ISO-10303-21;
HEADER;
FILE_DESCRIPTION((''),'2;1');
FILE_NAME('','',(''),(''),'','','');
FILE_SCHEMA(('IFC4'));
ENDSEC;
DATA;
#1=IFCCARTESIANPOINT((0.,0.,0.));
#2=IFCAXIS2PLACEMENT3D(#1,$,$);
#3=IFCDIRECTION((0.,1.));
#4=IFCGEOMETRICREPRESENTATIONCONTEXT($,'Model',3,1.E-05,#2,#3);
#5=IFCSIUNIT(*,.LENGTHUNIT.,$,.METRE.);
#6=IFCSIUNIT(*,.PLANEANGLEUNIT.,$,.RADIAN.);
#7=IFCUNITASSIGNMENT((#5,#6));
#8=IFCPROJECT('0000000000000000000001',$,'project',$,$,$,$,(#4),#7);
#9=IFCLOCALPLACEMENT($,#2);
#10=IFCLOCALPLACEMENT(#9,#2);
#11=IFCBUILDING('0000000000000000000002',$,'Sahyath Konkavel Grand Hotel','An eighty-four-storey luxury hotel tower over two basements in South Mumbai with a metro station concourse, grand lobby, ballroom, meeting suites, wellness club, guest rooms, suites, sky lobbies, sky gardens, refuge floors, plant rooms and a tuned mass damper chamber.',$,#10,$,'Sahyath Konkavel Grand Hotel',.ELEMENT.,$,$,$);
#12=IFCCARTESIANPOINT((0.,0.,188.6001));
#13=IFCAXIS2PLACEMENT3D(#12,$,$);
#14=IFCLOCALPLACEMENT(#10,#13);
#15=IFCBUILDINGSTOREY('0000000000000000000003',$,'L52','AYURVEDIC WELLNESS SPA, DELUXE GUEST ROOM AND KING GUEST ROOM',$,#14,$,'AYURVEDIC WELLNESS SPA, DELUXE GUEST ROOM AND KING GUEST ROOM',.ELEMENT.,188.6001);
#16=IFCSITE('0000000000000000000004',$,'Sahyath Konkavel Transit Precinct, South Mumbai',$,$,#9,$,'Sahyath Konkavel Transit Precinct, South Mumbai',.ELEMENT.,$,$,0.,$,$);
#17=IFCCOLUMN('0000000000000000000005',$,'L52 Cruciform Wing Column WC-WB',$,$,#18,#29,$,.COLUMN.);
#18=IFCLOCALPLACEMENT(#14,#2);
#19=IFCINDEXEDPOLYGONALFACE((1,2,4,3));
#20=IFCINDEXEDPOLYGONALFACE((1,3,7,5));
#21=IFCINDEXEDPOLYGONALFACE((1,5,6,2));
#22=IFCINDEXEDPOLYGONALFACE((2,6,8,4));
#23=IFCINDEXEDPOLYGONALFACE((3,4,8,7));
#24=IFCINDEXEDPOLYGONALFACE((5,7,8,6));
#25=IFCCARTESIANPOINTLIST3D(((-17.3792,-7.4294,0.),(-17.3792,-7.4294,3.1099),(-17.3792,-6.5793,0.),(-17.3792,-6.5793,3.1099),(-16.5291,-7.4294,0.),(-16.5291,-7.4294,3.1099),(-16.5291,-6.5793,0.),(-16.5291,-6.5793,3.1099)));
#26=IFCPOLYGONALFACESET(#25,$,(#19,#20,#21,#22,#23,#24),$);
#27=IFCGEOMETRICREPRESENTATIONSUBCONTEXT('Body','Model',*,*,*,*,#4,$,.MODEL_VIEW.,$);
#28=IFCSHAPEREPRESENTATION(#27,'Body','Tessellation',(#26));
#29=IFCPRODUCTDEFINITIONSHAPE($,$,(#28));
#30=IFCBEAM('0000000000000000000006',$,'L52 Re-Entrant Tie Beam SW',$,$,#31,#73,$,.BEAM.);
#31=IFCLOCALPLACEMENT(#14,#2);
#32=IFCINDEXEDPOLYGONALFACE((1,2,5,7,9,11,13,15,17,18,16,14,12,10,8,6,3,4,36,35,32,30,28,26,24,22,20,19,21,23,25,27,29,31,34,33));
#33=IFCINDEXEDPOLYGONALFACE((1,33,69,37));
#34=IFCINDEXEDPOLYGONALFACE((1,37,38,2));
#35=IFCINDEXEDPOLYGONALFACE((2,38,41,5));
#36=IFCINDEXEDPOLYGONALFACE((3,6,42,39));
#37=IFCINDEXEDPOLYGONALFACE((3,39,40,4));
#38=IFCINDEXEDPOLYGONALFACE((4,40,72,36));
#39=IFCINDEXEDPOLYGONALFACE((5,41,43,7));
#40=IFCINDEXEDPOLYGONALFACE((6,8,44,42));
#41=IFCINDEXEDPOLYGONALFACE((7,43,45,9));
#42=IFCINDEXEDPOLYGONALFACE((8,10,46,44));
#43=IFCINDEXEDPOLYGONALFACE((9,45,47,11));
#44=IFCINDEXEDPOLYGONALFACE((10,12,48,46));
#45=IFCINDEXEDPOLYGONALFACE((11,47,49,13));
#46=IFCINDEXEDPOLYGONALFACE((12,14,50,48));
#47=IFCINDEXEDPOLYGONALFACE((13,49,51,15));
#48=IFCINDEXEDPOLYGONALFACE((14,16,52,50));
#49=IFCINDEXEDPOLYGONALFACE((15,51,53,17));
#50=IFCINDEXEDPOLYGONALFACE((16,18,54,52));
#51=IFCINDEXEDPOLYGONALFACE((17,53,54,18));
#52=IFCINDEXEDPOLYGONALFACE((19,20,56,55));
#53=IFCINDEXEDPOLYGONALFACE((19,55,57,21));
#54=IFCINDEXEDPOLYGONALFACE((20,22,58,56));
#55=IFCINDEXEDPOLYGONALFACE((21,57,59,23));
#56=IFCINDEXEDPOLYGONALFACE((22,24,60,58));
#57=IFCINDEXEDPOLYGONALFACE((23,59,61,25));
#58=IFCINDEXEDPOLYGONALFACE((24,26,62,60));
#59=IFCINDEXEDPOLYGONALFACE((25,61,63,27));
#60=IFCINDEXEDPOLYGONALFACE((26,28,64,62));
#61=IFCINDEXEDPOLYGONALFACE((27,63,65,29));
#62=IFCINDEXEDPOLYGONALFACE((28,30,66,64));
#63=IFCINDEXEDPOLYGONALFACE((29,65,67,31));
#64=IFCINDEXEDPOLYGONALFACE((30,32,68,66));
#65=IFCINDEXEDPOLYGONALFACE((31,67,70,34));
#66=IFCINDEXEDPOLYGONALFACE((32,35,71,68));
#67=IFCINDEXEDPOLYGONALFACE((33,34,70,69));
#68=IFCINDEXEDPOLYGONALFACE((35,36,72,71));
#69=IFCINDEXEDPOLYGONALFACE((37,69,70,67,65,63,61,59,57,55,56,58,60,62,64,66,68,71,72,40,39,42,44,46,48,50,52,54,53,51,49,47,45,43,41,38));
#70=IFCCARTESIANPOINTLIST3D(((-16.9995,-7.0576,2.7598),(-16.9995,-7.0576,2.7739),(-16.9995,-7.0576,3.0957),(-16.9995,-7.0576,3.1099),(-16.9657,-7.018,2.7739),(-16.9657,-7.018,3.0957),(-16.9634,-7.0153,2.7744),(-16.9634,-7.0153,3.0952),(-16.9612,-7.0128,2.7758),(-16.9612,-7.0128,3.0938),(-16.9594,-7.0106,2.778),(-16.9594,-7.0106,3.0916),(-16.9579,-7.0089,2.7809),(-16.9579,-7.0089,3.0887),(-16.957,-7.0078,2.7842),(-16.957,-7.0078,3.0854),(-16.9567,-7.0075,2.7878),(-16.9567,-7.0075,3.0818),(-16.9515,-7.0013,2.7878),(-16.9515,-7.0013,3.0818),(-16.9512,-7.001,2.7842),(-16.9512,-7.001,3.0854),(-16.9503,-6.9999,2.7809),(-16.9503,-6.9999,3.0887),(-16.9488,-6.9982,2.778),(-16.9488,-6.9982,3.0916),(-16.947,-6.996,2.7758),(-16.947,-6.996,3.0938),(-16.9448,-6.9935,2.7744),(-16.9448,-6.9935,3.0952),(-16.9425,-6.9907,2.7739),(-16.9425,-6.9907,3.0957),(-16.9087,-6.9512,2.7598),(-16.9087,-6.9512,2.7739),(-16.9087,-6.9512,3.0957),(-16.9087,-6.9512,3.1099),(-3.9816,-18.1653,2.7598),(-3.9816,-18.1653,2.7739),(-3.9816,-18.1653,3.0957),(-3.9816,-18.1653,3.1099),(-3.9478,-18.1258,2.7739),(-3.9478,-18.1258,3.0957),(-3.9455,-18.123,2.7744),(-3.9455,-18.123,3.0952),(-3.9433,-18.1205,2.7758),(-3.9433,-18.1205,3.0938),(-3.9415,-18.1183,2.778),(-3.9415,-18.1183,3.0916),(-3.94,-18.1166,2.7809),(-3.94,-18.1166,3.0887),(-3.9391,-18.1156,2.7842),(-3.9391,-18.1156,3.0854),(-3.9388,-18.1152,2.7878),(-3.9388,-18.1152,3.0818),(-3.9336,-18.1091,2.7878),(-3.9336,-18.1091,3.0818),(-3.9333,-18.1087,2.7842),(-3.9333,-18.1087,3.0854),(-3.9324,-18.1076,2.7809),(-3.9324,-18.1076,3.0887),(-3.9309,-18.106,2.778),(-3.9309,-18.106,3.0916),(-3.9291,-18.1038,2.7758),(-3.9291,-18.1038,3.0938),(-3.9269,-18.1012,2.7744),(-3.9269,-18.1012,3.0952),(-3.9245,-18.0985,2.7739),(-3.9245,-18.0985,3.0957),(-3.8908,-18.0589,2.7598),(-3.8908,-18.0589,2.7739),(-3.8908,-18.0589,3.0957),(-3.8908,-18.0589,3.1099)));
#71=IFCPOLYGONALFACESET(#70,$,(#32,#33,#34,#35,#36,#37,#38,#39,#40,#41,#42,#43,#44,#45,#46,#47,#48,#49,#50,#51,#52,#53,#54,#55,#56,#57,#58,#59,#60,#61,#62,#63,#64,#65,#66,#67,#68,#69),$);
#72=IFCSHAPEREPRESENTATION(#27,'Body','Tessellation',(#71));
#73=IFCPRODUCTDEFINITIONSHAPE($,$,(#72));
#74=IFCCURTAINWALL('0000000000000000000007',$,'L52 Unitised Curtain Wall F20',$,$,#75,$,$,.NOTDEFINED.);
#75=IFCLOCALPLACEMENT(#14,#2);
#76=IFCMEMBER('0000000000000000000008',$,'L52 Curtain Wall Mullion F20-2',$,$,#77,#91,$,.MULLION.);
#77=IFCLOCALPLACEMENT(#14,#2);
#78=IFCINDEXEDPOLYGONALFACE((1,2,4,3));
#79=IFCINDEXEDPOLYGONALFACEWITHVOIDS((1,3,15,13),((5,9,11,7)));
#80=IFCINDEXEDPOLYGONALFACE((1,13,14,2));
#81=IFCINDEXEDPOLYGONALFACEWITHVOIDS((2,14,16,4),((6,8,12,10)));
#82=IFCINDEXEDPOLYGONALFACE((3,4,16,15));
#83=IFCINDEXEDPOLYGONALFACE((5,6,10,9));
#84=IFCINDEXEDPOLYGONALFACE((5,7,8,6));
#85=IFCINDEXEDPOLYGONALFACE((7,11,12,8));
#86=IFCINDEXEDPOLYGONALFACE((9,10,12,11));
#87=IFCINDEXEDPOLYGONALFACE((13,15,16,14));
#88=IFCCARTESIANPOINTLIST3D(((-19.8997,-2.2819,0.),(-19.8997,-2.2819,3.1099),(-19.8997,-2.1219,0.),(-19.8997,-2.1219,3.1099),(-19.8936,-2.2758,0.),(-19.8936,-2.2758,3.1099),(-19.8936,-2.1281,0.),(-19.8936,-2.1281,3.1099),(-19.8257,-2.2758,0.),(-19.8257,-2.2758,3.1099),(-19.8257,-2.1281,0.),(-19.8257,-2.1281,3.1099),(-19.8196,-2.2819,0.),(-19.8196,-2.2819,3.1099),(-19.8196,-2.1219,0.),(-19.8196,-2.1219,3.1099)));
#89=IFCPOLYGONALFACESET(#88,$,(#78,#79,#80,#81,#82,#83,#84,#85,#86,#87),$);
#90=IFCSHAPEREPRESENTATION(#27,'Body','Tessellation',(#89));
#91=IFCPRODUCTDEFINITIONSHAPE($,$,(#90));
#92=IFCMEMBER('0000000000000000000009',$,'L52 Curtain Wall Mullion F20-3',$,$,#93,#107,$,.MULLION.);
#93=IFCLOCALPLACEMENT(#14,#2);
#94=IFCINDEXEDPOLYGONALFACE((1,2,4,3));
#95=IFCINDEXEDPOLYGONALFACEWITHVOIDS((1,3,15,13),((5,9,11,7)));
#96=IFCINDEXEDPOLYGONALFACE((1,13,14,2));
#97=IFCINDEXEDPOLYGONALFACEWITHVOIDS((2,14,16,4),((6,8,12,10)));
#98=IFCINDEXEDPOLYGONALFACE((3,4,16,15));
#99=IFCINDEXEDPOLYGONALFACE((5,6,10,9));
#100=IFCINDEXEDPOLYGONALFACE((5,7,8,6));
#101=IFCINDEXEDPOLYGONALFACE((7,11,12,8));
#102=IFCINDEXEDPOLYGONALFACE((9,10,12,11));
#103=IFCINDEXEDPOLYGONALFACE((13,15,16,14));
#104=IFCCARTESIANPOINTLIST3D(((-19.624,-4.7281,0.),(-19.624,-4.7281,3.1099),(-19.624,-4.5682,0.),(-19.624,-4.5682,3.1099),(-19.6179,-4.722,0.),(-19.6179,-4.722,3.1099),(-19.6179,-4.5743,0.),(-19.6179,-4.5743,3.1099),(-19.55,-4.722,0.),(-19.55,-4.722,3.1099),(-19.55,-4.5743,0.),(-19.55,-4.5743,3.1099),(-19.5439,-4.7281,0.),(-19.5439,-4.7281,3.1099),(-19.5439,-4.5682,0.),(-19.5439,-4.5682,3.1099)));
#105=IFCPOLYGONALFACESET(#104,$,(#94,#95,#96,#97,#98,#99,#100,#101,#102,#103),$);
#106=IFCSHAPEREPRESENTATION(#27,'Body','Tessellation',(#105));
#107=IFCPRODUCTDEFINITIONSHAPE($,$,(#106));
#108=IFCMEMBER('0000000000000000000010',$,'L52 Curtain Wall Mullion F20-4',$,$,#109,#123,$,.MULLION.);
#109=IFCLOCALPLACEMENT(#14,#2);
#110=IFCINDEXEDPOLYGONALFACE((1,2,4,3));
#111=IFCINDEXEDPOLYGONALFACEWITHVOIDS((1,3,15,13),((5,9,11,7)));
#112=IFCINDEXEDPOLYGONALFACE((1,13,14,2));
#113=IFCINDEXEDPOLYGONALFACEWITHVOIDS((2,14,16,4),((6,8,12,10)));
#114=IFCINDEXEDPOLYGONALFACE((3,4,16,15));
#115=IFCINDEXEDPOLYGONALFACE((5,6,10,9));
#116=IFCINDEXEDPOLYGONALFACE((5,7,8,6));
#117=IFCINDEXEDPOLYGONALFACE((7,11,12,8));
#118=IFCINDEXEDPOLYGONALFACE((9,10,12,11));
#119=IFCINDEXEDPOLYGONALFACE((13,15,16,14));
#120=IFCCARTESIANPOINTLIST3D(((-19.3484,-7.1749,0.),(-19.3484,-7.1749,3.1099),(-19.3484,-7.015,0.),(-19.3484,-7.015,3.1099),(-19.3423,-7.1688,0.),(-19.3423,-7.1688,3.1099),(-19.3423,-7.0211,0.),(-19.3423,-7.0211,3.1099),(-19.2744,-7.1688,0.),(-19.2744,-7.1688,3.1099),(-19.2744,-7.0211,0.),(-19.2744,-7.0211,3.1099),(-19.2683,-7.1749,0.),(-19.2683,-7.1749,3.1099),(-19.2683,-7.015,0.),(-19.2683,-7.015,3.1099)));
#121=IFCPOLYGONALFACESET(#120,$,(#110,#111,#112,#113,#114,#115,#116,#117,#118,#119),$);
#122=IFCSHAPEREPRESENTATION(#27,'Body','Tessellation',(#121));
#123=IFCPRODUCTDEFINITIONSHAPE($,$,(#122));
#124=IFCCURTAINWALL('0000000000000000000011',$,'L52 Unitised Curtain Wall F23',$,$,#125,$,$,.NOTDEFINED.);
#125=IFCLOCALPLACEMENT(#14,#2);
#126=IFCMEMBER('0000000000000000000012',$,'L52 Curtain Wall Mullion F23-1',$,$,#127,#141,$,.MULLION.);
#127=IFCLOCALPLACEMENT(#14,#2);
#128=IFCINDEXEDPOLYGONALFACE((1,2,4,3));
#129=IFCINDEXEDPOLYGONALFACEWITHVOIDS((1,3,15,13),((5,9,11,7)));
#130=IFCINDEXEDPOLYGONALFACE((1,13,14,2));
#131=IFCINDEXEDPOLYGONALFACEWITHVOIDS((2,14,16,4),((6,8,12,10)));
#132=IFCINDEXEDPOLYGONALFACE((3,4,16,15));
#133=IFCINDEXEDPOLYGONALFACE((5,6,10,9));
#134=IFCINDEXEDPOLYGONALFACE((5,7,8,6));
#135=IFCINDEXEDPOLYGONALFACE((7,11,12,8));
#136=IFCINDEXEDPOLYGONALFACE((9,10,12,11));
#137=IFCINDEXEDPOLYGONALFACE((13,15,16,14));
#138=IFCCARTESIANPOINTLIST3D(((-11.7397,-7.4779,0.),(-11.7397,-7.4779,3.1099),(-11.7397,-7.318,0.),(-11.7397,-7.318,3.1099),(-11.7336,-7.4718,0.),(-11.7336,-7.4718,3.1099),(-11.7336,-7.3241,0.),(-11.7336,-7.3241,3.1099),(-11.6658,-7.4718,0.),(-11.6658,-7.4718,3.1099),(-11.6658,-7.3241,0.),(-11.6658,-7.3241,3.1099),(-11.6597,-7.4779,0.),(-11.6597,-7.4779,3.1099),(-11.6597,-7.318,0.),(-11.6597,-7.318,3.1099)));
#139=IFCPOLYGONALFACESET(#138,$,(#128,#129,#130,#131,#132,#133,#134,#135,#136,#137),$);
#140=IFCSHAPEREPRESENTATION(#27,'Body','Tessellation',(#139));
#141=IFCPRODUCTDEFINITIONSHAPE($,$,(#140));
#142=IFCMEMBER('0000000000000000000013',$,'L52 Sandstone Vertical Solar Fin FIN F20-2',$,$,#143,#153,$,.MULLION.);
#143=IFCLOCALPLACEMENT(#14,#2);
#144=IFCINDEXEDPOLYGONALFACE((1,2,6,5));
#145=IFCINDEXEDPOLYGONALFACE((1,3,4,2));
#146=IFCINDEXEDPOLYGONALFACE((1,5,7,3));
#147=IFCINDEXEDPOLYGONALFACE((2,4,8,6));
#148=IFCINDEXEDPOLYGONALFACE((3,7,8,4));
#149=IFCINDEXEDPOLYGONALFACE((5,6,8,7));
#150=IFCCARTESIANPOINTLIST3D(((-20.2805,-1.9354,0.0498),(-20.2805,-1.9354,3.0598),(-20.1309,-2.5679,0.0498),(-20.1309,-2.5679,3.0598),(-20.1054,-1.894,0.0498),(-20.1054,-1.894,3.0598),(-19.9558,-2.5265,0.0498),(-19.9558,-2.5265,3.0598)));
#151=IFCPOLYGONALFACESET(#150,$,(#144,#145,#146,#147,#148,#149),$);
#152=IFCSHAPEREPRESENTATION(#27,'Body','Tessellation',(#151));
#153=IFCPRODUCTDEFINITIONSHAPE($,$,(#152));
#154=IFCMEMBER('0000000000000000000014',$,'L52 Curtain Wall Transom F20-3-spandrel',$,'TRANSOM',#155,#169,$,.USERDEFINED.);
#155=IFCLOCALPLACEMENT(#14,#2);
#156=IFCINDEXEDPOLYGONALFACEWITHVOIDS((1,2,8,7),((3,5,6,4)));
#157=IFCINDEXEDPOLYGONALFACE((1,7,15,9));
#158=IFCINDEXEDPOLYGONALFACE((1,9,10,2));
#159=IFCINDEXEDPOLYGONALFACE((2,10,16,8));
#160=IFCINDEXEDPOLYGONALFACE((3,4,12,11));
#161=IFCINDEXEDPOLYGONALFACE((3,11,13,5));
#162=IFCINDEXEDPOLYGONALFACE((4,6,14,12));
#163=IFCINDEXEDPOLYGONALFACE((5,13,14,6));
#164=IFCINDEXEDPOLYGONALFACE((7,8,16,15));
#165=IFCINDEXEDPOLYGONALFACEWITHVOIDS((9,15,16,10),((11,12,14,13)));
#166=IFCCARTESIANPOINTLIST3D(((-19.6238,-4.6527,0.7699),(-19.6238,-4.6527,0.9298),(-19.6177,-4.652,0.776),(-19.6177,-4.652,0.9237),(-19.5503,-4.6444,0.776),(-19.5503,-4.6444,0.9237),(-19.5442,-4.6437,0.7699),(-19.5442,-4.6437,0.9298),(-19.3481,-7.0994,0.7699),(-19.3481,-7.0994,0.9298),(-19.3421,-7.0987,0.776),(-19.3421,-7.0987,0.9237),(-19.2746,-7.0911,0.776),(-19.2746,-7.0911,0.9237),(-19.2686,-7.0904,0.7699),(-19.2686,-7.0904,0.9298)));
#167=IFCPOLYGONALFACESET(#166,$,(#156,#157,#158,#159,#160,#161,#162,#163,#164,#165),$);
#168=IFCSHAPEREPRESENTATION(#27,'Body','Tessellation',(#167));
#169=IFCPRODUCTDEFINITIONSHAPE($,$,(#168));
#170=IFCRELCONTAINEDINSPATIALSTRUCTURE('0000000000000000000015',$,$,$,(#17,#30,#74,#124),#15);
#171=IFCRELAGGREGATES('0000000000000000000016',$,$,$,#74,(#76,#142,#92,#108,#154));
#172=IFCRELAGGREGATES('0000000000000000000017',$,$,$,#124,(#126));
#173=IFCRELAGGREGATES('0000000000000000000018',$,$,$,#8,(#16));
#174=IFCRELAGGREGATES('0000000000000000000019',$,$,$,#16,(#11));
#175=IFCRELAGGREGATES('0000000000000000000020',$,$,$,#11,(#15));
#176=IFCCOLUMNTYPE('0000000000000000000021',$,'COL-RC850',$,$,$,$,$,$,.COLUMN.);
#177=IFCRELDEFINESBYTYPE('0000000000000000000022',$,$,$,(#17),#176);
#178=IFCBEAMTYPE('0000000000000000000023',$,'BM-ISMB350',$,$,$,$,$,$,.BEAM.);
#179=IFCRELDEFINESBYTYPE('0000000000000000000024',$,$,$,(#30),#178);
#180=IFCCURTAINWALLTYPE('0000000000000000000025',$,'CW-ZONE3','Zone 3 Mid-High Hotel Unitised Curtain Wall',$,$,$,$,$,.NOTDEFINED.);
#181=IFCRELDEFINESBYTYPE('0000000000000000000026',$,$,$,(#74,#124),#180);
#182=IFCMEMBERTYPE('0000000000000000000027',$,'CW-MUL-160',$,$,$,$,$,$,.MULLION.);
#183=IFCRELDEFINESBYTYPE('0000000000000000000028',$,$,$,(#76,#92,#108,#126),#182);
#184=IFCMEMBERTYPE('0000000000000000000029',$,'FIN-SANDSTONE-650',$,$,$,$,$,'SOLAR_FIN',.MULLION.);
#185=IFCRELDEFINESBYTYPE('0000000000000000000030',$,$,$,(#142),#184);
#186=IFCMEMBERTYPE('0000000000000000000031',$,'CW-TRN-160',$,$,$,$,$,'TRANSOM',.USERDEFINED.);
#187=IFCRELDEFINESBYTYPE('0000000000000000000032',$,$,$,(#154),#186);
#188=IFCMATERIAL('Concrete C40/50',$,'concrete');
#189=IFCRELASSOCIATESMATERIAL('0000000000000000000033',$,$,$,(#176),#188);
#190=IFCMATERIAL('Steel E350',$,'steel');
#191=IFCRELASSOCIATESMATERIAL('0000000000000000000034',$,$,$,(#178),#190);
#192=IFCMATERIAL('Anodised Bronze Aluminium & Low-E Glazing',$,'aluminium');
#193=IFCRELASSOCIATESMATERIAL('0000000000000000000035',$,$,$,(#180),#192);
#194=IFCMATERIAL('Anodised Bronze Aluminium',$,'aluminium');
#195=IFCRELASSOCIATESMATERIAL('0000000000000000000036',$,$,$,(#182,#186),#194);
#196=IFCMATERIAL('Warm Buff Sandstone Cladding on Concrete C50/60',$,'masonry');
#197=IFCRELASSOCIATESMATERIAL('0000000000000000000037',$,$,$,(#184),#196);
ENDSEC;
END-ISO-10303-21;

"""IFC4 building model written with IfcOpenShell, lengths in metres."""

from ifc_helpers import new_model, si_unit, direction, frame, origin, origin_2d, place, context, subcontext, project, spatial, rectangle, hollow_rectangle, i_section, extrude, source, transform, mapped, material, material_profile, profile_set, type_object, element, aggregate, save


model = new_model("IFC4")

# Units and contexts
model_context = context("Model", 3, precision=1e-05, world=origin(), true_north=direction((0.0, 1.0)))
body_context = subcontext(model_context, "Body", "Model", "MODEL_VIEW")
ifc_project = project(units=[si_unit("LENGTHUNIT", "METRE"), si_unit("PLANEANGLEUNIT", "RADIAN")], contexts=[model_context])

# Site, building, storey
site_placement = place(None, origin())
site = spatial("IfcSite", under=ifc_project, at=site_placement, Name="Sahyath Konkavel Transit Precinct, South Mumbai", LongName="Sahyath Konkavel Transit Precinct, South Mumbai", CompositionType="ELEMENT", RefElevation=0.0)
building_placement = place(site_placement, origin())
building = spatial("IfcBuilding", under=site, at=building_placement, Name="Sahyath Konkavel Grand Hotel", Description="An eighty-four-storey luxury hotel tower over two basements in South Mumbai with a metro station concourse, grand lobby, ballroom, meeting suites, wellness club, guest rooms, suites, sky lobbies, sky gardens, refuge floors, plant rooms and a tuned mass damper chamber.", LongName="Sahyath Konkavel Grand Hotel", CompositionType="ELEMENT")
storey_placement = place(building_placement, frame((0.0, 0.0, 188.6001)))
storey = spatial("IfcBuildingStorey", under=building, at=storey_placement, Name="L52", Description="AYURVEDIC WELLNESS SPA, DELUXE GUEST ROOM AND KING GUEST ROOM", LongName="AYURVEDIC WELLNESS SPA, DELUXE GUEST ROOM AND KING GUEST ROOM", CompositionType="ELEMENT", Elevation=188.6001)

# Column
ifc_material_1 = material(Name="Concrete C40/50", Category="concrete")
ifc_material_profile_1 = material_profile(ifc_material_1, rectangle(XDim=0.8501, YDim=0.8501, at=origin_2d()), Name="RC 850x850")
ifc_profile_set_1 = profile_set([ifc_material_profile_1], Name="Concrete C40/50")
column_type = type_object("IfcColumnType", Name="COL-RC850", PredefinedType="COLUMN", material=ifc_profile_set_1)
shared_shape_1 = source(origin(), body_context, "Body", "SweptSolid", [
    extrude(rectangle(XDim=0.8501, YDim=0.8501, at=origin_2d()), origin(), (0.0, 0.0, 1.0), 3.1099),
])
column_placement = place(storey_placement, frame((-16.9541, -7.0044, 0.0), z_axis=(0.0, 0.0, 1.0), x_axis=(1.0, 0.0, 0.0)))
element("IfcColumn", 1, at=column_placement, inside=storey, type_object=column_type, Name="L52 Cruciform Wing Column WC-WB", PredefinedType="COLUMN", context=body_context, shape_type="MappedRepresentation", body=[
    mapped(shared_shape_1, transform((0.0, 0.0, 0.0), scale=1.0)),
])

# Beam
ifc_material_2 = material(Name="Steel E350", Category="steel")
ifc_material_profile_2 = material_profile(ifc_material_2, i_section(OverallWidth=0.1399, OverallDepth=0.3501, WebThickness=0.0081, FlangeThickness=0.0142, FilletRadius=0.0139, at=origin_2d()), Name="ISMB 350")
ifc_profile_set_2 = profile_set([ifc_material_profile_2], Name="Steel E350")
beam_type_1 = type_object("IfcBeamType", Name="BM-ISMB350", PredefinedType="BEAM", material=ifc_profile_set_2)
shared_shape_2 = source(origin(), body_context, "Body", "SweptSolid", [
    extrude(i_section(OverallWidth=0.1399, OverallDepth=0.3501, WebThickness=0.0081, FlangeThickness=0.0142, FilletRadius=0.0139, at=origin_2d()), origin(), (0.0, 0.0, 1.0), 17.1128),
])
beam_1_placement = place(storey_placement, frame((-16.9541, -7.0044, 2.9348), z_axis=(0.760712, -0.64909, 0.0), x_axis=(0.64909, 0.760712, 0.0)))
element("IfcBeam", 2, at=beam_1_placement, inside=storey, type_object=beam_type_1, Name="L52 Re-Entrant Tie Beam SW", PredefinedType="BEAM", context=body_context, shape_type="MappedRepresentation", body=[
    mapped(shared_shape_2, transform((0.0, 0.0, 0.0), scale=1.0)),
])

# Curtain wall, members
ifc_material_3 = material(Name="Anodised Bronze Aluminium & Low-E Glazing", Category="aluminium")
curtain_wall_type = type_object("IfcCurtainWallType", Name="CW-ZONE3", Description="Zone 3 Mid-High Hotel Unitised Curtain Wall", PredefinedType="NOTDEFINED", material=ifc_material_3)
curtain_wall_1_placement = place(storey_placement, origin())
curtain_wall_1 = element("IfcCurtainWall", 3, at=curtain_wall_1_placement, inside=storey, type_object=curtain_wall_type, Name="L52 Unitised Curtain Wall F20", PredefinedType="NOTDEFINED")
ifc_material_4 = material(Name="Anodised Bronze Aluminium", Category="aluminium")
ifc_material_profile_3 = material_profile(ifc_material_4, hollow_rectangle(XDim=0.0801, YDim=0.1599, WallThickness=0.0061, at=origin_2d()), Name="RHS 160x80x6")
ifc_profile_set_3 = profile_set([ifc_material_profile_3], Name="Anodised Bronze Aluminium")
member_type_1 = type_object("IfcMemberType", Name="CW-MUL-160", PredefinedType="MULLION", material=ifc_profile_set_3)
shared_shape_3 = source(origin(), body_context, "Body", "SweptSolid", [
    extrude(hollow_rectangle(XDim=0.0801, YDim=0.1599, WallThickness=0.0061, at=origin_2d()), origin(), (0.0, 0.0, 1.0), 3.1099),
])
member_1_placement = place(storey_placement, frame((-19.8596, -2.2019, 0.0), z_axis=(0.0, 0.0, 1.0), x_axis=(1.0, 0.0, 0.0)))
member_1 = element("IfcMember", 4, at=member_1_placement, type_object=member_type_1, Name="L52 Curtain Wall Mullion F20-2", PredefinedType="MULLION", context=body_context, shape_type="MappedRepresentation", body=[
    mapped(shared_shape_3, transform((0.0, 0.0, 0.0), scale=1.0)),
])
member_2_placement = place(storey_placement, frame((-19.584, -4.6482, 0.0), z_axis=(0.0, 0.0, 1.0), x_axis=(1.0, 0.0, 0.0)))
member_2 = element("IfcMember", 5, at=member_2_placement, type_object=member_type_1, Name="L52 Curtain Wall Mullion F20-3", PredefinedType="MULLION", context=body_context, shape_type="MappedRepresentation", body=[
    mapped(shared_shape_3, transform((0.0, 0.0, 0.0), scale=1.0)),
])
member_3_placement = place(storey_placement, frame((-19.3083, -7.095, 0.0), z_axis=(0.0, 0.0, 1.0), x_axis=(1.0, 0.0, 0.0)))
member_3 = element("IfcMember", 6, at=member_3_placement, type_object=member_type_1, Name="L52 Curtain Wall Mullion F20-4", PredefinedType="MULLION", context=body_context, shape_type="MappedRepresentation", body=[
    mapped(shared_shape_3, transform((0.0, 0.0, 0.0), scale=1.0)),
])

# Curtain wall, member
curtain_wall_2_placement = place(storey_placement, origin())
curtain_wall_2 = element("IfcCurtainWall", 7, at=curtain_wall_2_placement, inside=storey, type_object=curtain_wall_type, Name="L52 Unitised Curtain Wall F23", PredefinedType="NOTDEFINED")
member_4_placement = place(storey_placement, frame((-11.6997, -7.3979, 0.0), z_axis=(0.0, 0.0, 1.0), x_axis=(1.0, 0.0, 0.0)))
member_4 = element("IfcMember", 8, at=member_4_placement, type_object=member_type_1, Name="L52 Curtain Wall Mullion F23-1", PredefinedType="MULLION", context=body_context, shape_type="MappedRepresentation", body=[
    mapped(shared_shape_3, transform((0.0, 0.0, 0.0), scale=1.0)),
])

# Members
ifc_material_5 = material(Name="Warm Buff Sandstone Cladding on Concrete C50/60", Category="masonry")
ifc_material_profile_4 = material_profile(ifc_material_5, rectangle(XDim=0.1799, YDim=0.6499, at=origin_2d()), Name="FIN 180x650")
ifc_profile_set_4 = profile_set([ifc_material_profile_4], Name="Warm Buff Sandstone Cladding on Concrete C50/60")
member_type_2 = type_object("IfcMemberType", Name="FIN-SANDSTONE-650", ElementType="SOLAR_FIN", PredefinedType="MULLION", material=ifc_profile_set_4)
shared_shape_4 = source(origin(), body_context, "Body", "SweptSolid", [
    extrude(rectangle(XDim=0.1799, YDim=0.6499, at=origin_2d()), origin(), (0.0, 0.0, 1.0), 3.01),
])
member_5_placement = place(storey_placement, frame((-20.1182, -2.231, 0.0498), z_axis=(0.0, 0.0, 1.0), x_axis=(0.973139, 0.23022, 0.0)))
member_5 = element("IfcMember", 9, at=member_5_placement, type_object=member_type_2, Name="L52 Sandstone Vertical Solar Fin FIN F20-2", PredefinedType="MULLION", context=body_context, shape_type="MappedRepresentation", body=[
    mapped(shared_shape_4, transform((0.0, 0.0, 0.0), scale=1.0)),
])
ifc_material_profile_5 = material_profile(ifc_material_4, hollow_rectangle(XDim=0.0801, YDim=0.1599, WallThickness=0.0061, at=origin_2d()), Name="RHS 160x80x6")
ifc_profile_set_5 = profile_set([ifc_material_profile_5], Name="Anodised Bronze Aluminium")
member_type_3 = type_object("IfcMemberType", Name="CW-TRN-160", ElementType="TRANSOM", PredefinedType="USERDEFINED", material=ifc_profile_set_5)
shared_shape_5 = source(origin(), body_context, "Body", "SweptSolid", [
    extrude(hollow_rectangle(XDim=0.0801, YDim=0.1599, WallThickness=0.0061, at=origin_2d()), origin(), (0.0, 0.0, 1.0), 2.4622),
])
member_6_placement = place(storey_placement, frame((-19.584, -4.6482, 0.8499), z_axis=(0.111944, -0.993715, 0.0), x_axis=(0.993715, 0.111944, 0.0)))
member_6 = element("IfcMember", 10, at=member_6_placement, type_object=member_type_3, Name="L52 Curtain Wall Transom F20-3-spandrel", ObjectType="TRANSOM", PredefinedType="USERDEFINED", context=body_context, shape_type="MappedRepresentation", body=[
    mapped(shared_shape_5, transform((0.0, 0.0, 0.0), scale=1.0)),
])

aggregate(curtain_wall_1, [member_1, member_5, member_2, member_3, member_6])
aggregate(curtain_wall_2, [member_4])

save(model, "model.ifc")
